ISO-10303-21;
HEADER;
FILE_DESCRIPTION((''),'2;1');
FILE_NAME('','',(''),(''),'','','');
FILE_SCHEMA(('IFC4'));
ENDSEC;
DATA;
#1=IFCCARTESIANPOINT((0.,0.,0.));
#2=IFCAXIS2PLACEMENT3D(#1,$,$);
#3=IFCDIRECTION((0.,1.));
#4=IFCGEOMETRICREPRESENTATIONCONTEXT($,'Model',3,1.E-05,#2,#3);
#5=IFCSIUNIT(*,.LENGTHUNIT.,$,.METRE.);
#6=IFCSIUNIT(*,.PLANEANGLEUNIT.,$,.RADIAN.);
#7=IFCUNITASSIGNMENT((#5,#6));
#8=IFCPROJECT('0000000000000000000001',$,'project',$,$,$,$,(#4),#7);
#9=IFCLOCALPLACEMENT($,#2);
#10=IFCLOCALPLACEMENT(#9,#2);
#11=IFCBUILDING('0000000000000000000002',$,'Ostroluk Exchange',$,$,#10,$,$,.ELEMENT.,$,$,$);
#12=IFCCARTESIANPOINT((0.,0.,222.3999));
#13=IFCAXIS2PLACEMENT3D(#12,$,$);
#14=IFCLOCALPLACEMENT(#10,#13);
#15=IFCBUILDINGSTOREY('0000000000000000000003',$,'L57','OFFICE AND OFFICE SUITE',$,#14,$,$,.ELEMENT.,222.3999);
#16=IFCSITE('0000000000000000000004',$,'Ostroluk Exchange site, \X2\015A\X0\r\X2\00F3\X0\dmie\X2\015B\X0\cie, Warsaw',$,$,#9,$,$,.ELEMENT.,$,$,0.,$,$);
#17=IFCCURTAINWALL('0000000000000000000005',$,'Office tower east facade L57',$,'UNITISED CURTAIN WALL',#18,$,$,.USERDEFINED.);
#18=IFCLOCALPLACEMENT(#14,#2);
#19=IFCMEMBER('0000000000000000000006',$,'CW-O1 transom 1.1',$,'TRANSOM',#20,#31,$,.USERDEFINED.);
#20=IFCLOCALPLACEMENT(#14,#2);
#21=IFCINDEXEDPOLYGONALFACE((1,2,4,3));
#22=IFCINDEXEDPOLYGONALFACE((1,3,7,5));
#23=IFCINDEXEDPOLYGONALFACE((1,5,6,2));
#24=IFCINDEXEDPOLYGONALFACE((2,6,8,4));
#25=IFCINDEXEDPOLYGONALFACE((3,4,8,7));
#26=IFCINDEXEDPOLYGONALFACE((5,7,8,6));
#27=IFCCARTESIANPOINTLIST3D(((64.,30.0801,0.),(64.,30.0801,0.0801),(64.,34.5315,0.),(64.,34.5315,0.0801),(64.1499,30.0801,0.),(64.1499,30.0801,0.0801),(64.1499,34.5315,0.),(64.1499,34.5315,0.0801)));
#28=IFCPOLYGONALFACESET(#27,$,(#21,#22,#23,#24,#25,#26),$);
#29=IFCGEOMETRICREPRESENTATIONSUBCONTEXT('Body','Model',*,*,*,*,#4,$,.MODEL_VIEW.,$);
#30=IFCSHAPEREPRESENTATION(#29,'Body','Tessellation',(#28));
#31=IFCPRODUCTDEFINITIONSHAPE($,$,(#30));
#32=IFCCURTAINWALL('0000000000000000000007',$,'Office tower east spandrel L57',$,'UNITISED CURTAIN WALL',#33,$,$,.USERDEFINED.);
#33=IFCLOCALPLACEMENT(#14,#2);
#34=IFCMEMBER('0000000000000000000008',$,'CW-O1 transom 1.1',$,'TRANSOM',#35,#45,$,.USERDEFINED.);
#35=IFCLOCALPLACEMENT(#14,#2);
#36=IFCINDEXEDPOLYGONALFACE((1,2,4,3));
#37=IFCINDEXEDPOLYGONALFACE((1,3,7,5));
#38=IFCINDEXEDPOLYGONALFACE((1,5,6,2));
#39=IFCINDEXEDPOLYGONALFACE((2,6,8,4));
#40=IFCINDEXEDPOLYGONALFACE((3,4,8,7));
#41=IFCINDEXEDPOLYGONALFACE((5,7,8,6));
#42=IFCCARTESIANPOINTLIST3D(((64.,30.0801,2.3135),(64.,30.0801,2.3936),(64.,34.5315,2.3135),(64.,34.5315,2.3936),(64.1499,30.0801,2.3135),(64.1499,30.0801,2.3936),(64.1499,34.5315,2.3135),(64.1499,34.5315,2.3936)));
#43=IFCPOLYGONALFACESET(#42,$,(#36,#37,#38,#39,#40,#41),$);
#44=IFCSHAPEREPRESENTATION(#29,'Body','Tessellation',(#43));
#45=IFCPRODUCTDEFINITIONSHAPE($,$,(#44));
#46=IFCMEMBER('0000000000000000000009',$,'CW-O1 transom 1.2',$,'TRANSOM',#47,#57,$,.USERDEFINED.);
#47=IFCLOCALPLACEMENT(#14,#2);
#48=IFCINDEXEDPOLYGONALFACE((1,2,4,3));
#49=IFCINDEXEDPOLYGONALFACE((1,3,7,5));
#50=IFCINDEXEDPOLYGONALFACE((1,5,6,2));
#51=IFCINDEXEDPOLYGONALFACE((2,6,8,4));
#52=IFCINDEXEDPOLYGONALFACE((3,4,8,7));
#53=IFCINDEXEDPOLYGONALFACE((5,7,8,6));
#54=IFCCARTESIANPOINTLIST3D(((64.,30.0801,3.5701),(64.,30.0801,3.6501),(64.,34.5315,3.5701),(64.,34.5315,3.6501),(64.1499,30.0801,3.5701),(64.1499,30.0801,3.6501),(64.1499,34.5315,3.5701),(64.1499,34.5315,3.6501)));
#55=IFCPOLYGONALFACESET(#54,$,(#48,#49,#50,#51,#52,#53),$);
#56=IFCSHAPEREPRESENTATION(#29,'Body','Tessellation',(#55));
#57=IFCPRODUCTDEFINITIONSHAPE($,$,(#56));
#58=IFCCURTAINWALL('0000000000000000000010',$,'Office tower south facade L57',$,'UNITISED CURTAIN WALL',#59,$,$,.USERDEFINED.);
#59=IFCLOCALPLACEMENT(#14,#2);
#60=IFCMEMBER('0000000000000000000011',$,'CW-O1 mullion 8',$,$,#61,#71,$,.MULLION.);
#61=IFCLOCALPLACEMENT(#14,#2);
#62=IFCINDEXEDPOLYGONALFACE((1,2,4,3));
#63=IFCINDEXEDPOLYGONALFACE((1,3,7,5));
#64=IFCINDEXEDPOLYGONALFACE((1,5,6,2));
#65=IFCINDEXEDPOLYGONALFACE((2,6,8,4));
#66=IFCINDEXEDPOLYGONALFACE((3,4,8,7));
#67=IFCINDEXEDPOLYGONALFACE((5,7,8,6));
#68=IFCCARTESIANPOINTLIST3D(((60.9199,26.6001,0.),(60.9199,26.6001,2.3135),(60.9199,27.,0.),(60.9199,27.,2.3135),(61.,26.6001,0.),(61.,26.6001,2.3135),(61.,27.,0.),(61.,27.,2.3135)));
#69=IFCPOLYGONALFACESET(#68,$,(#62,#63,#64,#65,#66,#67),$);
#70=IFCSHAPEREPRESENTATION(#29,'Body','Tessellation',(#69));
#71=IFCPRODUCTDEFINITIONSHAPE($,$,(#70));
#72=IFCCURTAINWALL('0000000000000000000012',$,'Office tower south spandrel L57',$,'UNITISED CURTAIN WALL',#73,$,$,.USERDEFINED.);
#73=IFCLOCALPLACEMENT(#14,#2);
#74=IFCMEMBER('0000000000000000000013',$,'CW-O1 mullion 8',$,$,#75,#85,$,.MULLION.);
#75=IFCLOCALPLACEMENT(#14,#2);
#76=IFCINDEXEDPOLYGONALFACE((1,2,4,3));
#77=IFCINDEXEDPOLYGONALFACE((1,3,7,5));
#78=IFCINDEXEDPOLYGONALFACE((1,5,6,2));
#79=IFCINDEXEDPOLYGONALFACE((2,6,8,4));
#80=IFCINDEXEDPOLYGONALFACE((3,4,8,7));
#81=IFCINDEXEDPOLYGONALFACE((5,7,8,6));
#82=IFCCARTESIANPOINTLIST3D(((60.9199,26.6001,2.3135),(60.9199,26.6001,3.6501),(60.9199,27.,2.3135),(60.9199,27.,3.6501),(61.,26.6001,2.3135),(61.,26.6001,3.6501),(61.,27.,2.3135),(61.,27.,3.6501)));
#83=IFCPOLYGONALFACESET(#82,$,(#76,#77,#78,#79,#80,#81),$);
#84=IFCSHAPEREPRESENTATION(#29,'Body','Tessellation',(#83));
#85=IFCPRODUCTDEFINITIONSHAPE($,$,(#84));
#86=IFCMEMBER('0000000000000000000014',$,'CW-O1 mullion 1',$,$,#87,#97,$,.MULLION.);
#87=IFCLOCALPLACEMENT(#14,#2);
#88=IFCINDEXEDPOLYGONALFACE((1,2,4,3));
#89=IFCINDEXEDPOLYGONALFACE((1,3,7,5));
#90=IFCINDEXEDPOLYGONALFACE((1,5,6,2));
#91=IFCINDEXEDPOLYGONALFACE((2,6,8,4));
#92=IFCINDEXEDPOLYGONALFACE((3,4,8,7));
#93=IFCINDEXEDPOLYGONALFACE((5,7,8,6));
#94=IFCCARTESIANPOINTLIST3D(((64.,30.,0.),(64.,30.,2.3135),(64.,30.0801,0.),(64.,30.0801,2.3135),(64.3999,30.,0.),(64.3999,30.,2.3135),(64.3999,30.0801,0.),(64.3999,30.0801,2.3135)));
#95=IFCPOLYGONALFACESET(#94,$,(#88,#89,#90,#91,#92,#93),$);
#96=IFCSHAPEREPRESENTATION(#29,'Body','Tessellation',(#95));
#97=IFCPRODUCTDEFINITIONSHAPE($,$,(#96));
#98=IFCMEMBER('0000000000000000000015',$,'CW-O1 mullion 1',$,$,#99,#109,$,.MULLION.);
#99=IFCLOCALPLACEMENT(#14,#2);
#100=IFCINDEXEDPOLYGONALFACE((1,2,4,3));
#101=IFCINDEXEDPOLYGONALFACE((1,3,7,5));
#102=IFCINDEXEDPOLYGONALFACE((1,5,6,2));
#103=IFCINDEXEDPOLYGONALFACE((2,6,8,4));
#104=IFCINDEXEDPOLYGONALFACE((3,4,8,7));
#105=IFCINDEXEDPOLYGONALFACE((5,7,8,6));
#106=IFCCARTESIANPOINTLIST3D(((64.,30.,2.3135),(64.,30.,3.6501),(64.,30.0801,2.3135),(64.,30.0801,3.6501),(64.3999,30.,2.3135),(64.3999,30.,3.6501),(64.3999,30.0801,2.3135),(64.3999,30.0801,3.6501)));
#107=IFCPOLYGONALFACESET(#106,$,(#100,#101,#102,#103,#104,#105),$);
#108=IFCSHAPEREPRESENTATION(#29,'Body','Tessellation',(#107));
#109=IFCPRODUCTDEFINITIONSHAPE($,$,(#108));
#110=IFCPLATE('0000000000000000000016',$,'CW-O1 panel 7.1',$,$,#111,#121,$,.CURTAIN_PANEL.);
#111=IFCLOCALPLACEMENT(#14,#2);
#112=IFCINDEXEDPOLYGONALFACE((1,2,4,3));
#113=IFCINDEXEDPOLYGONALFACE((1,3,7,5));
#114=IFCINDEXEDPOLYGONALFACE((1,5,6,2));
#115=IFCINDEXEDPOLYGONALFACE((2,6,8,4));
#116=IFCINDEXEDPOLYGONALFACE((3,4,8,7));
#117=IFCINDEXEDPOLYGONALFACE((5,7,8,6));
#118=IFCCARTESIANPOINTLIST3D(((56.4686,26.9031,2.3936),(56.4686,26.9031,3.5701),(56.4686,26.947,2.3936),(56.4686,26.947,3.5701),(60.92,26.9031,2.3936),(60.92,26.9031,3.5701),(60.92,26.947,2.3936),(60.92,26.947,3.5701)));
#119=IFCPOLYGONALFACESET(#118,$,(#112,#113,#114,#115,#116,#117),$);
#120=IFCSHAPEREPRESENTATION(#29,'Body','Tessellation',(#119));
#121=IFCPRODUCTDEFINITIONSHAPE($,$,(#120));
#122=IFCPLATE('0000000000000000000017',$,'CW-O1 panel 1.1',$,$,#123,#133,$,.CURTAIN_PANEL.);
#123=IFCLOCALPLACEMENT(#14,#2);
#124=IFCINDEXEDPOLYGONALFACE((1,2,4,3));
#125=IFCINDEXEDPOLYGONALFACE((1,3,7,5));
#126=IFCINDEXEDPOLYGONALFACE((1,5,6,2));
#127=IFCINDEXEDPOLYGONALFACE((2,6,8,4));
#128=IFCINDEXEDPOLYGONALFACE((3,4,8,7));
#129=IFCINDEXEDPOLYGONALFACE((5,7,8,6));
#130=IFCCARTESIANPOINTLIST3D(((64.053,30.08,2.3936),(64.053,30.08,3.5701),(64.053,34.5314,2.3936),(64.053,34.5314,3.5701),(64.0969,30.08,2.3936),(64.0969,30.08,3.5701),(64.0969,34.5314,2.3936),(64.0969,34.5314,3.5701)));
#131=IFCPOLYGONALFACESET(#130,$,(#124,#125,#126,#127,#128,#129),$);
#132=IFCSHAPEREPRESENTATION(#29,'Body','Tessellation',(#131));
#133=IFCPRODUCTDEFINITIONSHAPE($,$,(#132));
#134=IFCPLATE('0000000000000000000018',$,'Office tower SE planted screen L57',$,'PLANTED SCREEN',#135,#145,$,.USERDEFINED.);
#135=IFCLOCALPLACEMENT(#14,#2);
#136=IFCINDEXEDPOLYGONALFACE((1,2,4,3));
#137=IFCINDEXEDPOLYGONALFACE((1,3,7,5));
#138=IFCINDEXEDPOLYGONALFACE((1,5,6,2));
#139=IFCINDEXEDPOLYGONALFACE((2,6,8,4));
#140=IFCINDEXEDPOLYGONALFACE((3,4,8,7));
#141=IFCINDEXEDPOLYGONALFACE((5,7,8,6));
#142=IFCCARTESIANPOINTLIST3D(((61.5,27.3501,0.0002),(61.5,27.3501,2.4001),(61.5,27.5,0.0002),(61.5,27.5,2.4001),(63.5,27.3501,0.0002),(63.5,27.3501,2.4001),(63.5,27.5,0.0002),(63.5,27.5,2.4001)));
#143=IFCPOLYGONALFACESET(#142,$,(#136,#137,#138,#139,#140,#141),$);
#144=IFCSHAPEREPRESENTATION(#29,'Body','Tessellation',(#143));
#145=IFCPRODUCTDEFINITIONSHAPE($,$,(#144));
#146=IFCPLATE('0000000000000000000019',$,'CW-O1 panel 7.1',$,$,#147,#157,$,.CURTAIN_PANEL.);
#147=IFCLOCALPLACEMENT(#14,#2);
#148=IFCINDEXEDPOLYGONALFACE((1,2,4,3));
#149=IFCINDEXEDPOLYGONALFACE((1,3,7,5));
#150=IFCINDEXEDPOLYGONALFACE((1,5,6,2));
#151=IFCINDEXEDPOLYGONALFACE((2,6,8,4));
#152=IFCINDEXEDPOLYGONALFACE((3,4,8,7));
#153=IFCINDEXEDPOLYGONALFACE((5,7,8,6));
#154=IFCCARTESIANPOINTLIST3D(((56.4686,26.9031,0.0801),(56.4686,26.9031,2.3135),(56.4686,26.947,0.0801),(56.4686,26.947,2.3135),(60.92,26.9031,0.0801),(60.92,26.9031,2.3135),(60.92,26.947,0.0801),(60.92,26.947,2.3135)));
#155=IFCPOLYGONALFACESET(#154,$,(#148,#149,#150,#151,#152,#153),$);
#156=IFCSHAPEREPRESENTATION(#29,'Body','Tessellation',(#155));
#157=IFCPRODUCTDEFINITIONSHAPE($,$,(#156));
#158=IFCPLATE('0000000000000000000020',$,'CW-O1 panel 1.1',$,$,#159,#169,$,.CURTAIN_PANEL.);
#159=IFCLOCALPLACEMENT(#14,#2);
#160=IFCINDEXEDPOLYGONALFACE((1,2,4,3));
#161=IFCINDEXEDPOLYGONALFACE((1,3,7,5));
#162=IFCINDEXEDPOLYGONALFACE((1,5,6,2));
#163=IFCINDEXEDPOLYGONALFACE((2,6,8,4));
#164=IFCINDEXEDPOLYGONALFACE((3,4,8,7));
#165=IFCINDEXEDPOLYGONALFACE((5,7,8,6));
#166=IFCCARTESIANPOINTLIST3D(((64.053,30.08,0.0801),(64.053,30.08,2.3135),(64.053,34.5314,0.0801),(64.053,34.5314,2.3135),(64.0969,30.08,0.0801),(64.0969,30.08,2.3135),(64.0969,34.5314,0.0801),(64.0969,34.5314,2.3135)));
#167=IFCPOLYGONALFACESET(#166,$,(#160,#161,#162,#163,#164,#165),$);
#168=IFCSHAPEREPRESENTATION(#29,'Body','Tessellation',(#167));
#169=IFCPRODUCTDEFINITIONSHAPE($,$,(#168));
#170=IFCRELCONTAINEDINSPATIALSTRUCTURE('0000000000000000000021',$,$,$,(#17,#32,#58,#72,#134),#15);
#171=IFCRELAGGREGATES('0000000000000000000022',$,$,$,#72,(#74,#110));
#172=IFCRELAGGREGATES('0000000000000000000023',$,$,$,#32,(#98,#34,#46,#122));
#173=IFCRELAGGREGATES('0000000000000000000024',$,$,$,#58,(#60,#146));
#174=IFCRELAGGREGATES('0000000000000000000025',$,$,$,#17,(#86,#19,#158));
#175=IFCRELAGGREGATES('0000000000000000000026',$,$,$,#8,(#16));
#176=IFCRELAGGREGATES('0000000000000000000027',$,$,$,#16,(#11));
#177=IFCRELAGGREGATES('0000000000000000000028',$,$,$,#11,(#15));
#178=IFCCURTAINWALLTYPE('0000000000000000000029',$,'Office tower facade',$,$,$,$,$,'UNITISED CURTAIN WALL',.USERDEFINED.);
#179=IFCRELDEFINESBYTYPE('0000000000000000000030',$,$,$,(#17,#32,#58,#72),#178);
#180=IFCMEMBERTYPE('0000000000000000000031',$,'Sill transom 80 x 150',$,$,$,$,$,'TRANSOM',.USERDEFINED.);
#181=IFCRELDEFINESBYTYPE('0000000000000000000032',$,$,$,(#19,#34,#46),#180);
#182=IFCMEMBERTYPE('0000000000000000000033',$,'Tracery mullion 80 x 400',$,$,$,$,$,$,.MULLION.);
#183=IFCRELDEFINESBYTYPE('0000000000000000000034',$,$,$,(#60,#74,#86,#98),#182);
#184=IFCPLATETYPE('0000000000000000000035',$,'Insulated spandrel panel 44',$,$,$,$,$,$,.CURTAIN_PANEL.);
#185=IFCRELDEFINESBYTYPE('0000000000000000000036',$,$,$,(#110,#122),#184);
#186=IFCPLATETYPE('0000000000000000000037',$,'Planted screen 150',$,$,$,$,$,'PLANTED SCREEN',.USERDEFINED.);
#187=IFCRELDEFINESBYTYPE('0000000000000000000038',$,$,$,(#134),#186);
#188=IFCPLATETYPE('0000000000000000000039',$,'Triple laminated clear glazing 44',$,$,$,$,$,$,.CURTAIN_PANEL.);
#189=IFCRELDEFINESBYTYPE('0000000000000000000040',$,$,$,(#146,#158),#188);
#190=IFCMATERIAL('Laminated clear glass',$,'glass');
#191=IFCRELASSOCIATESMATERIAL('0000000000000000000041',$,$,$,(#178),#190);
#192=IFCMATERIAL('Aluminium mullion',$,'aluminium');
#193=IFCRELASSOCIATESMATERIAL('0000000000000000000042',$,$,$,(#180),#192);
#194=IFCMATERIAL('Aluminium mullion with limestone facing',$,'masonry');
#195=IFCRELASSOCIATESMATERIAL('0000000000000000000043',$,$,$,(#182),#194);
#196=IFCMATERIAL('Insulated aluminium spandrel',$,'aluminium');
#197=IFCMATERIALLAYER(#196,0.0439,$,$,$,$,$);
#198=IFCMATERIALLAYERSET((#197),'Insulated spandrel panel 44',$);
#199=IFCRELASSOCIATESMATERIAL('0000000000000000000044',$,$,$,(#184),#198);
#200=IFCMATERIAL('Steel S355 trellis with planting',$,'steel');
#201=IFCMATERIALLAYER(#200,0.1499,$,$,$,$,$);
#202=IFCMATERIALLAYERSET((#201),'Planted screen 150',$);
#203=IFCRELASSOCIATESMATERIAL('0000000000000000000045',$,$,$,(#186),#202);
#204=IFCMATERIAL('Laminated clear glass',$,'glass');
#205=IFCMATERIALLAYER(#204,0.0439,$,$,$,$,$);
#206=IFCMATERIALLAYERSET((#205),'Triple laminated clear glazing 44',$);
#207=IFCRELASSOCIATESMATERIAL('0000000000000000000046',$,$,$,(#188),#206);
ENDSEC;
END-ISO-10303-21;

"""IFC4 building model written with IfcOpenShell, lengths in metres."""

from ifc_helpers import new_model, si_unit, direction, frame, origin, origin_2d, place, context, subcontext, project, spatial, rectangle, extrude, material, layer, layer_set, material_profile, profile_set, type_object, element, aggregate, save


model = new_model("IFC4")

# Units and contexts
model_context = context("Model", 3, precision=1e-05, world=origin(), true_north=direction((0.0, 1.0)))
body_context = subcontext(model_context, "Body", "Model", "MODEL_VIEW")
ifc_project = project(units=[si_unit("LENGTHUNIT", "METRE"), si_unit("PLANEANGLEUNIT", "RADIAN")], contexts=[model_context])

# Site, building, storey
site_placement = place(None, origin())
site = spatial("IfcSite", under=ifc_project, at=site_placement, Name="Ostroluk Exchange site, Śródmieście, Warsaw", CompositionType="ELEMENT", RefElevation=0.0)
building_placement = place(site_placement, origin())
building = spatial("IfcBuilding", under=site, at=building_placement, Name="Ostroluk Exchange", CompositionType="ELEMENT")
storey_placement = place(building_placement, frame((0.0, 0.0, 222.3999)))
storey = spatial("IfcBuildingStorey", under=building, at=storey_placement, Name="L57", Description="OFFICE AND OFFICE SUITE", CompositionType="ELEMENT", Elevation=222.3999)

# Curtain wall, member
ifc_material_1 = material(Name="Laminated clear glass", Category="glass")
curtain_wall_type = type_object("IfcCurtainWallType", Name="Office tower facade", ElementType="UNITISED CURTAIN WALL", PredefinedType="USERDEFINED", material=ifc_material_1)
curtain_wall_1_placement = place(storey_placement, origin())
curtain_wall_1 = element("IfcCurtainWall", 1, at=curtain_wall_1_placement, inside=storey, type_object=curtain_wall_type, Name="Office tower east facade L57", ObjectType="UNITISED CURTAIN WALL", PredefinedType="USERDEFINED")
ifc_material_2 = material(Name="Aluminium mullion", Category="aluminium")
ifc_material_profile_1 = material_profile(ifc_material_2, rectangle(XDim=0.1499, YDim=0.0801, at=origin_2d()), Name="Sill transom 80 x 150")
ifc_profile_set_1 = profile_set([ifc_material_profile_1], Name="Aluminium mullion")
member_type_1 = type_object("IfcMemberType", Name="Sill transom 80 x 150", ElementType="TRANSOM", PredefinedType="USERDEFINED", material=ifc_profile_set_1)
member_1_placement = place(storey_placement, frame((64.075, 30.0801, 0.04), z_axis=(0.0, 1.0, 0.0), x_axis=(-1.0, 0.0, 0.0)))
member_1 = element("IfcMember", 2, at=member_1_placement, type_object=member_type_1, Name="CW-O1 transom 1.1", ObjectType="TRANSOM", PredefinedType="USERDEFINED", context=body_context, shape_type="SweptSolid", body=[
    extrude(rectangle(XDim=0.1499, YDim=0.0801, at=origin_2d()), origin(), (0.0, 0.0, 1.0), 4.4514),
])

# Curtain wall, members
curtain_wall_2_placement = place(storey_placement, origin())
curtain_wall_2 = element("IfcCurtainWall", 3, at=curtain_wall_2_placement, inside=storey, type_object=curtain_wall_type, Name="Office tower east spandrel L57", ObjectType="UNITISED CURTAIN WALL", PredefinedType="USERDEFINED")
member_2_placement = place(storey_placement, frame((64.075, 30.0801, 2.3535), z_axis=(0.0, 1.0, 0.0), x_axis=(-1.0, 0.0, 0.0)))
member_2 = element("IfcMember", 4, at=member_2_placement, type_object=member_type_1, Name="CW-O1 transom 1.1", ObjectType="TRANSOM", PredefinedType="USERDEFINED", context=body_context, shape_type="SweptSolid", body=[
    extrude(rectangle(XDim=0.1499, YDim=0.0801, at=origin_2d()), origin(), (0.0, 0.0, 1.0), 4.4514),
])
member_3_placement = place(storey_placement, frame((64.075, 30.0801, 3.6101), z_axis=(0.0, 1.0, 0.0), x_axis=(-1.0, 0.0, 0.0)))
member_3 = element("IfcMember", 5, at=member_3_placement, type_object=member_type_1, Name="CW-O1 transom 1.2", ObjectType="TRANSOM", PredefinedType="USERDEFINED", context=body_context, shape_type="SweptSolid", body=[
    extrude(rectangle(XDim=0.1499, YDim=0.0801, at=origin_2d()), origin(), (0.0, 0.0, 1.0), 4.4514),
])

# Curtain walls, members
curtain_wall_3_placement = place(storey_placement, origin())
curtain_wall_3 = element("IfcCurtainWall", 6, at=curtain_wall_3_placement, inside=storey, type_object=curtain_wall_type, Name="Office tower south facade L57", ObjectType="UNITISED CURTAIN WALL", PredefinedType="USERDEFINED")
ifc_material_3 = material(Name="Aluminium mullion with limestone facing", Category="masonry")
ifc_material_profile_2 = material_profile(ifc_material_3, rectangle(XDim=0.3999, YDim=0.0801, at=origin_2d()), Name="Tracery mullion 80 x 400")
ifc_profile_set_2 = profile_set([ifc_material_profile_2], Name="Aluminium mullion with limestone facing")
member_type_2 = type_object("IfcMemberType", Name="Tracery mullion 80 x 400", PredefinedType="MULLION", material=ifc_profile_set_2)
member_4_placement = place(storey_placement, frame((60.96, 26.8, 0.0), z_axis=(0.0, 0.0, 1.0), x_axis=(0.0, 1.0, 0.0)))
member_4 = element("IfcMember", 7, at=member_4_placement, type_object=member_type_2, Name="CW-O1 mullion 8", PredefinedType="MULLION", context=body_context, shape_type="SweptSolid", body=[
    extrude(rectangle(XDim=0.3999, YDim=0.0801, at=origin_2d()), origin(), (0.0, 0.0, 1.0), 2.3135),
])
curtain_wall_4_placement = place(storey_placement, origin())
curtain_wall_4 = element("IfcCurtainWall", 8, at=curtain_wall_4_placement, inside=storey, type_object=curtain_wall_type, Name="Office tower south spandrel L57", ObjectType="UNITISED CURTAIN WALL", PredefinedType="USERDEFINED")
member_5_placement = place(storey_placement, frame((60.96, 26.8, 2.3135), z_axis=(0.0, 0.0, 1.0), x_axis=(0.0, 1.0, 0.0)))
member_5 = element("IfcMember", 9, at=member_5_placement, type_object=member_type_2, Name="CW-O1 mullion 8", PredefinedType="MULLION", context=body_context, shape_type="SweptSolid", body=[
    extrude(rectangle(XDim=0.3999, YDim=0.0801, at=origin_2d()), origin(), (0.0, 0.0, 1.0), 1.3367),
])

# Members
member_6_placement = place(storey_placement, frame((64.2, 30.04, 0.0), z_axis=(0.0, 0.0, 1.0), x_axis=(-1.0, 0.0, 0.0)))
member_6 = element("IfcMember", 10, at=member_6_placement, type_object=member_type_2, Name="CW-O1 mullion 1", PredefinedType="MULLION", context=body_context, shape_type="SweptSolid", body=[
    extrude(rectangle(XDim=0.3999, YDim=0.0801, at=origin_2d()), origin(), (0.0, 0.0, 1.0), 2.3135),
])
member_7_placement = place(storey_placement, frame((64.2, 30.04, 2.3135), z_axis=(0.0, 0.0, 1.0), x_axis=(-1.0, 0.0, 0.0)))
member_7 = element("IfcMember", 11, at=member_7_placement, type_object=member_type_2, Name="CW-O1 mullion 1", PredefinedType="MULLION", context=body_context, shape_type="SweptSolid", body=[
    extrude(rectangle(XDim=0.3999, YDim=0.0801, at=origin_2d()), origin(), (0.0, 0.0, 1.0), 1.3367),
])

# Plates
ifc_material_4 = material(Name="Insulated aluminium spandrel", Category="aluminium")
ifc_layer_1 = layer(ifc_material_4, 0.0439)
ifc_layer_set_1 = layer_set([ifc_layer_1], Name="Insulated spandrel panel 44")
plate_type_1 = type_object("IfcPlateType", Name="Insulated spandrel panel 44", PredefinedType="CURTAIN_PANEL", material=ifc_layer_set_1)
plate_1_placement = place(storey_placement, frame((58.6943, 26.925, 2.3936), z_axis=(0.0, 0.0, 1.0), x_axis=(1.0, 0.0, 0.0)))
plate_1 = element("IfcPlate", 12, at=plate_1_placement, type_object=plate_type_1, Name="CW-O1 panel 7.1", PredefinedType="CURTAIN_PANEL", context=body_context, shape_type="SweptSolid", body=[
    extrude(rectangle(XDim=4.4514, YDim=0.0439, at=origin_2d()), origin(), (0.0, 0.0, 1.0), 1.1765),
])
aggregate(curtain_wall_4, [member_5, plate_1])
plate_2_placement = place(storey_placement, frame((64.075, 32.3057, 2.3936), z_axis=(0.0, 0.0, 1.0), x_axis=(0.0, 1.0, 0.0)))
plate_2 = element("IfcPlate", 13, at=plate_2_placement, type_object=plate_type_1, Name="CW-O1 panel 1.1", PredefinedType="CURTAIN_PANEL", context=body_context, shape_type="SweptSolid", body=[
    extrude(rectangle(XDim=4.4514, YDim=0.0439, at=origin_2d()), origin(), (0.0, 0.0, 1.0), 1.1765),
])
aggregate(curtain_wall_2, [member_7, member_2, member_3, plate_2])
ifc_material_5 = material(Name="Steel S355 trellis with planting", Category="steel")
ifc_layer_2 = layer(ifc_material_5, 0.1499)
ifc_layer_set_2 = layer_set([ifc_layer_2], Name="Planted screen 150")
plate_type_2 = type_object("IfcPlateType", Name="Planted screen 150", ElementType="PLANTED SCREEN", PredefinedType="USERDEFINED", material=ifc_layer_set_2)
plate_3_placement = place(storey_placement, frame((62.5, 27.425, 0.0002), z_axis=(0.0, 0.0, 1.0), x_axis=(1.0, 0.0, 0.0)))
element("IfcPlate", 14, at=plate_3_placement, inside=storey, type_object=plate_type_2, Name="Office tower SE planted screen L57", ObjectType="PLANTED SCREEN", PredefinedType="USERDEFINED", context=body_context, shape_type="SweptSolid", body=[
    extrude(rectangle(XDim=2.0, YDim=0.1499, at=origin_2d()), origin(), (0.0, 0.0, 1.0), 2.3999),
])
ifc_material_6 = material(Name="Laminated clear glass", Category="glass")
ifc_layer_3 = layer(ifc_material_6, 0.0439)
ifc_layer_set_3 = layer_set([ifc_layer_3], Name="Triple laminated clear glazing 44")
plate_type_3 = type_object("IfcPlateType", Name="Triple laminated clear glazing 44", PredefinedType="CURTAIN_PANEL", material=ifc_layer_set_3)
plate_4_placement = place(storey_placement, frame((58.6943, 26.925, 0.0801), z_axis=(0.0, 0.0, 1.0), x_axis=(1.0, 0.0, 0.0)))
plate_4 = element("IfcPlate", 15, at=plate_4_placement, type_object=plate_type_3, Name="CW-O1 panel 7.1", PredefinedType="CURTAIN_PANEL", context=body_context, shape_type="SweptSolid", body=[
    extrude(rectangle(XDim=4.4514, YDim=0.0439, at=origin_2d()), origin(), (0.0, 0.0, 1.0), 2.2334),
])
aggregate(curtain_wall_3, [member_4, plate_4])
plate_5_placement = place(storey_placement, frame((64.075, 32.3057, 0.0801), z_axis=(0.0, 0.0, 1.0), x_axis=(0.0, 1.0, 0.0)))
plate_5 = element("IfcPlate", 16, at=plate_5_placement, type_object=plate_type_3, Name="CW-O1 panel 1.1", PredefinedType="CURTAIN_PANEL", context=body_context, shape_type="SweptSolid", body=[
    extrude(rectangle(XDim=4.4514, YDim=0.0439, at=origin_2d()), origin(), (0.0, 0.0, 1.0), 2.2334),
])
aggregate(curtain_wall_1, [member_6, member_1, plate_5])

save(model, "model.ifc")
